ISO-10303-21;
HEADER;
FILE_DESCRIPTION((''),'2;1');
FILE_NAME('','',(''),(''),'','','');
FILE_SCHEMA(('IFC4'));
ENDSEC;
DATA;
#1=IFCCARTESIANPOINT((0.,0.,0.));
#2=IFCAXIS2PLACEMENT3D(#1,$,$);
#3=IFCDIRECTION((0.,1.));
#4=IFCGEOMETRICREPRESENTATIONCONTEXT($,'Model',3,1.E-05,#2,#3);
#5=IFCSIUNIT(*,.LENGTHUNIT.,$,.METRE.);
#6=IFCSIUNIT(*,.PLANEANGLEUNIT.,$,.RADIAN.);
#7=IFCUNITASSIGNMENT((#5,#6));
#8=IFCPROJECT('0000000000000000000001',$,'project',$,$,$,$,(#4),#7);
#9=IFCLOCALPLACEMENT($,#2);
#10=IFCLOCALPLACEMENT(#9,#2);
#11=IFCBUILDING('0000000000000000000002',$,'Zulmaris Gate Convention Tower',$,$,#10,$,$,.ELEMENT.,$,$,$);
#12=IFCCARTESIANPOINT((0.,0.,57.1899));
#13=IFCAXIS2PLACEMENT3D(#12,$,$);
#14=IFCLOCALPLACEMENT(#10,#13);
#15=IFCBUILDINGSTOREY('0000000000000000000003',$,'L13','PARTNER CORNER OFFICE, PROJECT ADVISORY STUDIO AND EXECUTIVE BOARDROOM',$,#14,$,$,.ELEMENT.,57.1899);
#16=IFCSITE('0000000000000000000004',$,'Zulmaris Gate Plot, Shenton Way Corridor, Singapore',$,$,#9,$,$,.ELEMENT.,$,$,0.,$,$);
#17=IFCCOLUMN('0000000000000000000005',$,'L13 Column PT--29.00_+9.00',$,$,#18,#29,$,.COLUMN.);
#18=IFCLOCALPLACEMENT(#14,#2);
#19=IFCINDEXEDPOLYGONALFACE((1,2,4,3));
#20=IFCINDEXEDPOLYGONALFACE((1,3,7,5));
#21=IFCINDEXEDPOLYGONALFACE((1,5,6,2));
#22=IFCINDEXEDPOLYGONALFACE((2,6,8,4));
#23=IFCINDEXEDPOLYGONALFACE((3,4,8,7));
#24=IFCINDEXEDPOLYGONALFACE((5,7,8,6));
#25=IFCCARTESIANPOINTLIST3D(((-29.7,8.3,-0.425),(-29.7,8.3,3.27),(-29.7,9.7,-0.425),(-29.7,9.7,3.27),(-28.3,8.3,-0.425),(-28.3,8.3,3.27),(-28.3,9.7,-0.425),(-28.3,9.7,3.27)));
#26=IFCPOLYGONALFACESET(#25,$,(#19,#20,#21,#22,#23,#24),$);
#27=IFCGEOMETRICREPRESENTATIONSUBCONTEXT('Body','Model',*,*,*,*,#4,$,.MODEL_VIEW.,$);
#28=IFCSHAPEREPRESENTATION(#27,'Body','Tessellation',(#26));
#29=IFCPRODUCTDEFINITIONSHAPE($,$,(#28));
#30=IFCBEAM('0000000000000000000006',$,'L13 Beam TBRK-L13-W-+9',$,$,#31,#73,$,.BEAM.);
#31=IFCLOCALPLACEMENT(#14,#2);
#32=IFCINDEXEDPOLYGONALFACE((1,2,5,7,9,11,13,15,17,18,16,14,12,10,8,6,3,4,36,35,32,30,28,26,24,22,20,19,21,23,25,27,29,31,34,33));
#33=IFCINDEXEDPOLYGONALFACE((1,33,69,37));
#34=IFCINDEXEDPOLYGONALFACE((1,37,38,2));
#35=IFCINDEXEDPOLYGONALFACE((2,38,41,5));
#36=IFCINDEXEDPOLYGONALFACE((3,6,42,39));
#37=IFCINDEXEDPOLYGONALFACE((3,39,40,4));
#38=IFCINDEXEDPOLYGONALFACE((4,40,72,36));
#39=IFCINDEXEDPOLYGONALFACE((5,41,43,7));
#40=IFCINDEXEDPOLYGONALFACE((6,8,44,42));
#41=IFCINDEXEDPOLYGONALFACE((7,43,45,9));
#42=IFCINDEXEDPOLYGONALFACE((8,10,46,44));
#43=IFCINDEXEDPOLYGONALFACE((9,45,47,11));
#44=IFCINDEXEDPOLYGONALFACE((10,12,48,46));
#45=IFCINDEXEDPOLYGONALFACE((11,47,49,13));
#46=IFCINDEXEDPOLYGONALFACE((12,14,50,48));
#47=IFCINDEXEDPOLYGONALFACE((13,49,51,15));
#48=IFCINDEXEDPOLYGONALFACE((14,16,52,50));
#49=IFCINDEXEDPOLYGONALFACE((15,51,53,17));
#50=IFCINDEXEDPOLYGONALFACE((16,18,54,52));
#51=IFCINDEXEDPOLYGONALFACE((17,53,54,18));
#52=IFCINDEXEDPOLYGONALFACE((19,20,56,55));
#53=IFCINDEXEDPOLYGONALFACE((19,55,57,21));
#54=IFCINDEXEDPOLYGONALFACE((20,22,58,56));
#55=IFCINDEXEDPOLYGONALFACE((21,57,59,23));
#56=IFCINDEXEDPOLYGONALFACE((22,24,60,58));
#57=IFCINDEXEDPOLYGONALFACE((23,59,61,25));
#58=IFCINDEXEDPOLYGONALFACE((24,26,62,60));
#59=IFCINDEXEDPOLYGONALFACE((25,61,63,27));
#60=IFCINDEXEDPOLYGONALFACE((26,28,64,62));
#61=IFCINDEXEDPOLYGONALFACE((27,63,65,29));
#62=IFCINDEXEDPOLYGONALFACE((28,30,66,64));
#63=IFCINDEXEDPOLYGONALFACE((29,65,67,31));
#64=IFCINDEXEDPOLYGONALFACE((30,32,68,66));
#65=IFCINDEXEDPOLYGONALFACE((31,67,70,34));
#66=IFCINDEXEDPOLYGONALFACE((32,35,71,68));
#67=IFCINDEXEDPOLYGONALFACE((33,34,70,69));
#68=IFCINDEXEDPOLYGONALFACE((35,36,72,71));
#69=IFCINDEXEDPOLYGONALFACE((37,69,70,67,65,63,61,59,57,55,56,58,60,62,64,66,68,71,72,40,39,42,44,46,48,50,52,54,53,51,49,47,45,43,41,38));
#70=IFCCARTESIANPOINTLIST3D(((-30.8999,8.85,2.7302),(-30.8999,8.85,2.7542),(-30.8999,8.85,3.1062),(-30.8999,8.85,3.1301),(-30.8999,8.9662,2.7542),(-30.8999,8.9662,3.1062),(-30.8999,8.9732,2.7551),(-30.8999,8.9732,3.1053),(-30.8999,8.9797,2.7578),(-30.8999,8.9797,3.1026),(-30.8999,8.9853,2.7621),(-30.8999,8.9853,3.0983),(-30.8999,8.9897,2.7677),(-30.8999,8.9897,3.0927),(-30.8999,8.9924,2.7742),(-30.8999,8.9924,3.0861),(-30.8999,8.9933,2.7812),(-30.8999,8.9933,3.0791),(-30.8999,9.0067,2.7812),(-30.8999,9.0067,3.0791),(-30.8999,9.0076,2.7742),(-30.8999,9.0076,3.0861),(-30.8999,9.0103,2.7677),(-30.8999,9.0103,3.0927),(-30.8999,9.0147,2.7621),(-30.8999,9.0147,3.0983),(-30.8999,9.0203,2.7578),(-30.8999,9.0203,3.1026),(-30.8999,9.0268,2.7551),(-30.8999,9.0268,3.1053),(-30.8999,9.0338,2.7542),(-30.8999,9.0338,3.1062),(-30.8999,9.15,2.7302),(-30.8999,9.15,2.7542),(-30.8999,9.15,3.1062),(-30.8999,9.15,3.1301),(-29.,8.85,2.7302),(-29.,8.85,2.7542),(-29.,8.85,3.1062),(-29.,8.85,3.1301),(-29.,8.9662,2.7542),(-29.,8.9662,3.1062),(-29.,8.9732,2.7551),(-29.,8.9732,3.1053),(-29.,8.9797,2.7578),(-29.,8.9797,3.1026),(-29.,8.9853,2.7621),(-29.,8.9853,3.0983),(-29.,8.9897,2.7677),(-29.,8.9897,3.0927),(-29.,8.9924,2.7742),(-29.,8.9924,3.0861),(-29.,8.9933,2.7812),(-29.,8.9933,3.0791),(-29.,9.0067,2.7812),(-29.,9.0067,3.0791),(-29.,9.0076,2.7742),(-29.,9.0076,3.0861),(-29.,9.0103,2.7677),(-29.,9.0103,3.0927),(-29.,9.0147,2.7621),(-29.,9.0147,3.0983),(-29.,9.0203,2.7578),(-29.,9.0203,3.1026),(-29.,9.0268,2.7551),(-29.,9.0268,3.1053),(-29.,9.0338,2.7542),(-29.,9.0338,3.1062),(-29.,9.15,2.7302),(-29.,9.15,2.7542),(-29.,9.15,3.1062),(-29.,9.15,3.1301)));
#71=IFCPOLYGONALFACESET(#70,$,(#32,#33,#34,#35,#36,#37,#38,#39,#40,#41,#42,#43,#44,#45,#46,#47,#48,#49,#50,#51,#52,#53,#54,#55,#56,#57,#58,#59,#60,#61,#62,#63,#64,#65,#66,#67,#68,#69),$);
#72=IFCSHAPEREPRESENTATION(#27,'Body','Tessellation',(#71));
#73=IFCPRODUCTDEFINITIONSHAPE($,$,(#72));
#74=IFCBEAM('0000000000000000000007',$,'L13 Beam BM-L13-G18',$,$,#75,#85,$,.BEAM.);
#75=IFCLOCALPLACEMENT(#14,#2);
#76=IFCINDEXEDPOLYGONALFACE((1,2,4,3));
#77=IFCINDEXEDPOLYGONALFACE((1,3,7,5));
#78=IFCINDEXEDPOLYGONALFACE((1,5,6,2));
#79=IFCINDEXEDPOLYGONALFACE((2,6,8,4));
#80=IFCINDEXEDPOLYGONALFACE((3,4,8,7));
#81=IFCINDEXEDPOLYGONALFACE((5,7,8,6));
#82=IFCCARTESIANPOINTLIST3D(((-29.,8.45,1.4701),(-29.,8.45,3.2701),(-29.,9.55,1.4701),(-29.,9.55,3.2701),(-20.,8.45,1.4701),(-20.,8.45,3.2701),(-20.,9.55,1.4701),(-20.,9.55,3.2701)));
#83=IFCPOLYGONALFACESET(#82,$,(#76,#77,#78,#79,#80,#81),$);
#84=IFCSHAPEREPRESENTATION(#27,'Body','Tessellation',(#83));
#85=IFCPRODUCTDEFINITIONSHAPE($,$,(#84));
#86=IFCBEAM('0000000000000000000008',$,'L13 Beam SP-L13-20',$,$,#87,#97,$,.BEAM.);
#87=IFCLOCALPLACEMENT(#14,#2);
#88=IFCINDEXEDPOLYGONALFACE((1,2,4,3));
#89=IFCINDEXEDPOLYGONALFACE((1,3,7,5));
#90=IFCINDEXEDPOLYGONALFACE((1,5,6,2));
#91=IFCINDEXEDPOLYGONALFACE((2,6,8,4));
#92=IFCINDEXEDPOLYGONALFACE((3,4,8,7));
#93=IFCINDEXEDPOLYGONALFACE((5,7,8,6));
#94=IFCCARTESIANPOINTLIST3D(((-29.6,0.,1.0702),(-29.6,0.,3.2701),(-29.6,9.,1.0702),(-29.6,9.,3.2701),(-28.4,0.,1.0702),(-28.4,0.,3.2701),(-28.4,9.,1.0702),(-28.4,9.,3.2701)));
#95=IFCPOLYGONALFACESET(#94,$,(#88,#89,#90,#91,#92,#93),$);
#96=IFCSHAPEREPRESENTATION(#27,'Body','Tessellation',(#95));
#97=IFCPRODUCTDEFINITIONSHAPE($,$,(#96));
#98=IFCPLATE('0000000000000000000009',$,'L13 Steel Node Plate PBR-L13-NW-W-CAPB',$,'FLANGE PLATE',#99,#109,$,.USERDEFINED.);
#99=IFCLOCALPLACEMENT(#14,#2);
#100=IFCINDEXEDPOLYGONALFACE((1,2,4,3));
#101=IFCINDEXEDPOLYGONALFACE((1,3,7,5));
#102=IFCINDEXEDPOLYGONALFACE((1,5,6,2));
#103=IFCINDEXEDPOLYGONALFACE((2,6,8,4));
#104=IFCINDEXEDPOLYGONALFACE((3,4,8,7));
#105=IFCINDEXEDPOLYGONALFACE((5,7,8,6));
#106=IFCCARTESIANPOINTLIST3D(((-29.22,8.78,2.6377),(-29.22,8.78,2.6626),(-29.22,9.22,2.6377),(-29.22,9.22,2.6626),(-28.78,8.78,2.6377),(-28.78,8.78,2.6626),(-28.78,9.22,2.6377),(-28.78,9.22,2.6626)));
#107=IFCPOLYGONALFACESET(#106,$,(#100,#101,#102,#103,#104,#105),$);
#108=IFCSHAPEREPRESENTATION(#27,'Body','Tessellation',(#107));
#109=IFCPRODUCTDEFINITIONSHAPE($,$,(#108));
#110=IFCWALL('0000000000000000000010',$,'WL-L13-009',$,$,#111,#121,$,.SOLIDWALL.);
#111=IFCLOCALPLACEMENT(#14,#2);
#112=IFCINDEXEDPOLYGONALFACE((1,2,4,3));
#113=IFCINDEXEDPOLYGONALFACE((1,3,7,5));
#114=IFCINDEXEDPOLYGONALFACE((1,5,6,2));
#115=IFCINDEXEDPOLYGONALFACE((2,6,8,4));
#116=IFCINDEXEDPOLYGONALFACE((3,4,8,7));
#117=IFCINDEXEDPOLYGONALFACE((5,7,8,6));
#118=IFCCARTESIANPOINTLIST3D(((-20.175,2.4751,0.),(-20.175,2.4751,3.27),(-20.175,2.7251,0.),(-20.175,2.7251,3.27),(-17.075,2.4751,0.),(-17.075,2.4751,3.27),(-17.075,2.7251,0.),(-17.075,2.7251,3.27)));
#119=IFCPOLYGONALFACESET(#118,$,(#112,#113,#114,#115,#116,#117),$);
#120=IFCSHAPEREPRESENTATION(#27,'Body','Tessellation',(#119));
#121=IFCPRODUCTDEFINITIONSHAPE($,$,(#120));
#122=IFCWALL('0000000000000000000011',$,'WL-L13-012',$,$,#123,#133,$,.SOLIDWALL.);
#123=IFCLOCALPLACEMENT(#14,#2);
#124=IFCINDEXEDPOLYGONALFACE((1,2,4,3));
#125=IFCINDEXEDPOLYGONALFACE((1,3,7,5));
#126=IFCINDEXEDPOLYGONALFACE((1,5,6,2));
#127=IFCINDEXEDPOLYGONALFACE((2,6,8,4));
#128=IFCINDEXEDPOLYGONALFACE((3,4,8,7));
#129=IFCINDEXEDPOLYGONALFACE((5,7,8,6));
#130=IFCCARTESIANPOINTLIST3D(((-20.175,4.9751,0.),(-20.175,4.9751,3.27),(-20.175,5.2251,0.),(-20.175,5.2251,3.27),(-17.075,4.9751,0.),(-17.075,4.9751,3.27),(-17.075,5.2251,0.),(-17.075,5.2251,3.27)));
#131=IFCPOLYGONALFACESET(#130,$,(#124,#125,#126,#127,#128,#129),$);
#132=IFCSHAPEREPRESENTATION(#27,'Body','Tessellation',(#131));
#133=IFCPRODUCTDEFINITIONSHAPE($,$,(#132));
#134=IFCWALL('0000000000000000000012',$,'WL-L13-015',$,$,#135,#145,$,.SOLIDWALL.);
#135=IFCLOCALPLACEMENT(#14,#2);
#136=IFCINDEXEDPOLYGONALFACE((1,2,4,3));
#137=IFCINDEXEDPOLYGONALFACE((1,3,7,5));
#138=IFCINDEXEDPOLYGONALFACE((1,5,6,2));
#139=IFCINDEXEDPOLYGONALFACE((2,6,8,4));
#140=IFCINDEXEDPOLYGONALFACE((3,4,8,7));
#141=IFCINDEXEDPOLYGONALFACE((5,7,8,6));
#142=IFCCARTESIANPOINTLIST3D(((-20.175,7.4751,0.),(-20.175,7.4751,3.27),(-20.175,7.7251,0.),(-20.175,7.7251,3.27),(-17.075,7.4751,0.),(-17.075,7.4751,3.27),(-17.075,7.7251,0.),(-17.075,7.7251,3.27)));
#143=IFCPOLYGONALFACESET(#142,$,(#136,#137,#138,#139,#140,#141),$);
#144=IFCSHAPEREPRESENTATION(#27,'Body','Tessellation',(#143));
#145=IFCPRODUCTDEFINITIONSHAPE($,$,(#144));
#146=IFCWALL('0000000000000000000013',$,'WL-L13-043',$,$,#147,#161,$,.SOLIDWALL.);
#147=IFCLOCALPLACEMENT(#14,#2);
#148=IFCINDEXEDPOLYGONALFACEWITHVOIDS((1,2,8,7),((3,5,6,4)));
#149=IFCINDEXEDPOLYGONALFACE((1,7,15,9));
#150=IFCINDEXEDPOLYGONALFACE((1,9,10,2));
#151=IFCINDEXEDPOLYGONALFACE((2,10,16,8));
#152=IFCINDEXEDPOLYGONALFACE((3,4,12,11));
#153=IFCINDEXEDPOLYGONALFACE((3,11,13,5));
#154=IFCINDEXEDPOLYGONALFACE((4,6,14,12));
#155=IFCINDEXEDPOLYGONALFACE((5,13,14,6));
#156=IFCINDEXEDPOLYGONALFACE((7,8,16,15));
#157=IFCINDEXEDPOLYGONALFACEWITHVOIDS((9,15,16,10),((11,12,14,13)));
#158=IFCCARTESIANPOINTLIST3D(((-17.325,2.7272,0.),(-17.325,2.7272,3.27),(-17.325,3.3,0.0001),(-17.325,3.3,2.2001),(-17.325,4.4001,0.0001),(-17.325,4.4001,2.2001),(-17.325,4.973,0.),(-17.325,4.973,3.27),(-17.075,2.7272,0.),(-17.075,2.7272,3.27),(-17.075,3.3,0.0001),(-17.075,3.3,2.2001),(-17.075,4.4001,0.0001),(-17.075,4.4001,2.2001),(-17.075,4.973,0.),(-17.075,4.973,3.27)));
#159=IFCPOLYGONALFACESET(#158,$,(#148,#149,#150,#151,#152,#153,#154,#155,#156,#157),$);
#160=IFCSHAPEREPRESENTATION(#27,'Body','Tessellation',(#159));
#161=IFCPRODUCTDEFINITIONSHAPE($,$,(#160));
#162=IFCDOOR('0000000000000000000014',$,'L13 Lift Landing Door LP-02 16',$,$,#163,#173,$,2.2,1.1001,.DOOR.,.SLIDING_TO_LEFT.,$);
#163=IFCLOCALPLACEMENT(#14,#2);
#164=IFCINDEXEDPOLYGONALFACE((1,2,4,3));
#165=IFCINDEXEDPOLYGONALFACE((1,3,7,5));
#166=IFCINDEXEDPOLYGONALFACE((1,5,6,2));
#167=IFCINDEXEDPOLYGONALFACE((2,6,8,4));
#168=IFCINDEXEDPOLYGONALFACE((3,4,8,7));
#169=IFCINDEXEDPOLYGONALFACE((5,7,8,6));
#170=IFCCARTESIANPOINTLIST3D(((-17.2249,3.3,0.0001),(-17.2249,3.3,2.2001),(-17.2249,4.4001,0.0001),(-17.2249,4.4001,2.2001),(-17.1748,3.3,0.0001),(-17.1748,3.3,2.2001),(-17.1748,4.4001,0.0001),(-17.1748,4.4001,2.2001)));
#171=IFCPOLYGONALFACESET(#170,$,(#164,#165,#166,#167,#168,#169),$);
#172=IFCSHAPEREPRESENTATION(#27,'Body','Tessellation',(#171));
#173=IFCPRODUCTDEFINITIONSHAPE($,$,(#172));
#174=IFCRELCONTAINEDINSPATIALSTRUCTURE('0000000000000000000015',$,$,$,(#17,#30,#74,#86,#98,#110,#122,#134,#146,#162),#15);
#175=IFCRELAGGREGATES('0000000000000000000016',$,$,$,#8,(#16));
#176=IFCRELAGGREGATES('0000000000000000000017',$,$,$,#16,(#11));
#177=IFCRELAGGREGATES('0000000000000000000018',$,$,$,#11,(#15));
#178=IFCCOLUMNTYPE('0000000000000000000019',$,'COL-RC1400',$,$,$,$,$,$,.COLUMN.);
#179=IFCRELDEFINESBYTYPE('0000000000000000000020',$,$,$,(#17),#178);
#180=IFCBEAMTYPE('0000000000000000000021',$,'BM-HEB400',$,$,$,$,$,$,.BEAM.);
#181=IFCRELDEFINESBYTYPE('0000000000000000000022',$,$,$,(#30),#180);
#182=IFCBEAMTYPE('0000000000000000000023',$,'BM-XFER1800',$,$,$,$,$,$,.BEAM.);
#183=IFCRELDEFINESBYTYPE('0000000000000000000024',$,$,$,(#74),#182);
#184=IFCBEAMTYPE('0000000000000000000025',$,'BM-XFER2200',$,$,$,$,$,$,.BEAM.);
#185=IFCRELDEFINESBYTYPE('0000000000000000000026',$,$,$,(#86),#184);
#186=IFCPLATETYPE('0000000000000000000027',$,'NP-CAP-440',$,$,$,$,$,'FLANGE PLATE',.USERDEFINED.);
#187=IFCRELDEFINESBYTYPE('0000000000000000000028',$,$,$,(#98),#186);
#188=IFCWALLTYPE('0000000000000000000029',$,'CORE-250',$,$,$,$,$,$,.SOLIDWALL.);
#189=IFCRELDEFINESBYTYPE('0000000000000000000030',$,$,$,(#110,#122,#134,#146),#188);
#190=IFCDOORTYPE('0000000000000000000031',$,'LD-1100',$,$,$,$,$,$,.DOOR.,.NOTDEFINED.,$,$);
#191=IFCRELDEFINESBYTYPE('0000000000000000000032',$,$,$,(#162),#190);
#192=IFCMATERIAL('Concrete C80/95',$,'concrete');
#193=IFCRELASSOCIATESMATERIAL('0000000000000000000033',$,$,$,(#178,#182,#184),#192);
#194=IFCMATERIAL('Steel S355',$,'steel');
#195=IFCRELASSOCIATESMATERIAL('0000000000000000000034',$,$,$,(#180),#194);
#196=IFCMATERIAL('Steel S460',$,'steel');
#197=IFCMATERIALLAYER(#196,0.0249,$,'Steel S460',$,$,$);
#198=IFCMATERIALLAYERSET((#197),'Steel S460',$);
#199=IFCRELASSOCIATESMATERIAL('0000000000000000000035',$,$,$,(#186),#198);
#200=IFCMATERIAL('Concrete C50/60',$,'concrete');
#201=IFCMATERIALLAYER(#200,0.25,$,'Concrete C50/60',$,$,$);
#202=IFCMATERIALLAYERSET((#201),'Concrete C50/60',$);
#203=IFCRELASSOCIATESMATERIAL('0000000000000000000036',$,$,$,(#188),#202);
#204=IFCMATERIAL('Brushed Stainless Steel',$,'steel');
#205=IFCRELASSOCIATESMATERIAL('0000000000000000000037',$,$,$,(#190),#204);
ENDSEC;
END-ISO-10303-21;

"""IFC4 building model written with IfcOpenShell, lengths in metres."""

from ifc_helpers import new_model, si_unit, direction, frame, frame_2d, origin, origin_2d, place, context, subcontext, project, spatial, rectangle, i_section, extrude, material, layer, layer_set, material_profile, profile_set, type_object, element, fill, save


model = new_model("IFC4")

# Units and contexts
model_context = context("Model", 3, precision=1e-05, world=origin(), true_north=direction((0.0, 1.0)))
body_context = subcontext(model_context, "Body", "Model", "MODEL_VIEW")
ifc_project = project(units=[si_unit("LENGTHUNIT", "METRE"), si_unit("PLANEANGLEUNIT", "RADIAN")], contexts=[model_context])

# Site, building, storey
site_placement = place(None, origin())
site = spatial("IfcSite", under=ifc_project, at=site_placement, Name="Zulmaris Gate Plot, Shenton Way Corridor, Singapore", CompositionType="ELEMENT", RefElevation=0.0)
building_placement = place(site_placement, origin())
building = spatial("IfcBuilding", under=site, at=building_placement, Name="Zulmaris Gate Convention Tower", CompositionType="ELEMENT")
storey_placement = place(building_placement, frame((0.0, 0.0, 57.1899)))
storey = spatial("IfcBuildingStorey", under=building, at=storey_placement, Name="L13", Description="PARTNER CORNER OFFICE, PROJECT ADVISORY STUDIO AND EXECUTIVE BOARDROOM", CompositionType="ELEMENT", Elevation=57.1899)

# Column
ifc_material_1 = material(Name="Concrete C80/95", Category="concrete")
ifc_material_profile_1 = material_profile(ifc_material_1, rectangle(XDim=1.3999, YDim=1.3999, at=origin_2d()), Name="RC COL 1400x1400")
ifc_profile_set_1 = profile_set([ifc_material_profile_1], Name="Concrete C80/95")
column_type = type_object("IfcColumnType", Name="COL-RC1400", PredefinedType="COLUMN", material=ifc_profile_set_1)
column_placement = place(storey_placement, frame((-29.0, 9.0, -0.425), z_axis=(0.0, 0.0, 1.0), x_axis=(1.0, 0.0, 0.0)))
element("IfcColumn", 1, at=column_placement, inside=storey, type_object=column_type, Name="L13 Column PT--29.00_+9.00", PredefinedType="COLUMN", context=body_context, shape_type="SweptSolid", body=[
    extrude(rectangle(XDim=1.3999, YDim=1.3999, at=origin_2d()), origin(), (0.0, 0.0, 1.0), 3.6951),
])

# Beams
ifc_material_2 = material(Name="Steel S355", Category="steel")
ifc_material_profile_2 = material_profile(ifc_material_2, i_section(OverallWidth=0.3, OverallDepth=0.3999, WebThickness=0.0134, FlangeThickness=0.0239, FilletRadius=0.0271, at=origin_2d()), Name="HEB 400")
ifc_profile_set_2 = profile_set([ifc_material_profile_2], Name="Steel S355")
beam_type_1 = type_object("IfcBeamType", Name="BM-HEB400", PredefinedType="BEAM", material=ifc_profile_set_2)
beam_1_placement = place(storey_placement, frame((-30.8999, 9.0, 2.9302), z_axis=(1.0, 0.0, 0.0), x_axis=(0.0, 1.0, 0.0)))
element("IfcBeam", 2, at=beam_1_placement, inside=storey, type_object=beam_type_1, Name="L13 Beam TBRK-L13-W-+9", PredefinedType="BEAM", context=body_context, shape_type="SweptSolid", body=[
    extrude(i_section(OverallWidth=0.3, OverallDepth=0.3999, WebThickness=0.0134, FlangeThickness=0.0239, FilletRadius=0.0271, at=origin_2d()), origin(), (0.0, 0.0, 1.0), 1.8999),
])
ifc_material_profile_3 = material_profile(ifc_material_1, rectangle(XDim=1.1001, YDim=1.8, at=origin_2d()), Name="RC TRANSFER 1100x1800")
ifc_profile_set_3 = profile_set([ifc_material_profile_3], Name="Concrete C80/95")
beam_type_2 = type_object("IfcBeamType", Name="BM-XFER1800", PredefinedType="BEAM", material=ifc_profile_set_3)
beam_2_placement = place(storey_placement, frame((-29.0, 9.0, 2.3701), z_axis=(1.0, 0.0, 0.0), x_axis=(0.0, 1.0, 0.0)))
element("IfcBeam", 3, at=beam_2_placement, inside=storey, type_object=beam_type_2, Name="L13 Beam BM-L13-G18", PredefinedType="BEAM", context=body_context, shape_type="SweptSolid", body=[
    extrude(rectangle(XDim=1.1001, YDim=1.8, at=origin_2d()), origin(), (0.0, 0.0, 1.0), 9.0),
])
ifc_material_profile_4 = material_profile(ifc_material_1, rectangle(XDim=1.2, YDim=2.2, at=origin_2d()), Name="RC TRANSFER 1200x2200")
ifc_profile_set_4 = profile_set([ifc_material_profile_4], Name="Concrete C80/95")
beam_type_3 = type_object("IfcBeamType", Name="BM-XFER2200", PredefinedType="BEAM", material=ifc_profile_set_4)
beam_3_placement = place(storey_placement, frame((-29.0, 9.0, 2.1702), z_axis=(0.0, -1.0, 0.0), x_axis=(1.0, 0.0, 0.0)))
element("IfcBeam", 4, at=beam_3_placement, inside=storey, type_object=beam_type_3, Name="L13 Beam SP-L13-20", PredefinedType="BEAM", context=body_context, shape_type="SweptSolid", body=[
    extrude(rectangle(XDim=1.2, YDim=2.2, at=origin_2d()), origin(), (0.0, 0.0, 1.0), 9.0),
])

# Plate
ifc_material_3 = material(Name="Steel S460", Category="steel")
ifc_layer_1 = layer(ifc_material_3, 0.0249, Name="Steel S460")
ifc_layer_set_1 = layer_set([ifc_layer_1], Name="Steel S460")
plate_type = type_object("IfcPlateType", Name="NP-CAP-440", ElementType="FLANGE PLATE", PredefinedType="USERDEFINED", material=ifc_layer_set_1)
plate_placement = place(storey_placement, frame((-29.0, 9.0, 2.6377), z_axis=(0.0, 0.0, 1.0), x_axis=(1.0, 0.0, 0.0)))
element("IfcPlate", 5, at=plate_placement, inside=storey, type_object=plate_type, Name="L13 Steel Node Plate PBR-L13-NW-W-CAPB", ObjectType="FLANGE PLATE", PredefinedType="USERDEFINED", context=body_context, shape_type="SweptSolid", body=[
    extrude(rectangle(XDim=0.4399, YDim=0.4399, at=origin_2d()), origin(), (0.0, 0.0, 1.0), 0.0249),
])

# Walls
ifc_material_4 = material(Name="Concrete C50/60", Category="concrete")
ifc_layer_2 = layer(ifc_material_4, 0.25, Name="Concrete C50/60")
ifc_layer_set_2 = layer_set([ifc_layer_2], Name="Concrete C50/60")
wall_type_1 = type_object("IfcWallType", Name="CORE-250", PredefinedType="SOLIDWALL", material=ifc_layer_set_2)
for number, where, z_axis, x_axis, name in (
    (6, (-20.175, 2.6001, 0.0), (0.0, 0.0, 1.0), (1.0, 0.0, 0.0), "WL-L13-009"),
    (7, (-20.175, 5.1001, 0.0), (0.0, 0.0, 1.0), (1.0, 0.0, 0.0), "WL-L13-012"),
    (8, (-20.175, 7.6001, 0.0), (0.0, 0.0, 1.0), (1.0, 0.0, 0.0), "WL-L13-015"),
):
    element("IfcWall", number, at=place(storey_placement, frame(where, z_axis=z_axis, x_axis=x_axis)), inside=storey, type_object=wall_type_1, Name=name, PredefinedType="SOLIDWALL", context=body_context, shape_type="SweptSolid", body=[
        extrude(rectangle(XDim=3.1001, YDim=0.25, at=frame_2d((1.55, 0.0))), origin(), (0.0, 0.0, 1.0), 3.27),
    ])

# Wall, opening, door
wall_1_placement = place(storey_placement, frame((-17.2, 2.7271, 0.0), z_axis=(0.0, 0.0, 1.0), x_axis=(0.0, 1.0, 0.0)))
wall_1 = element("IfcWall", 9, at=wall_1_placement, inside=storey, type_object=wall_type_1, Name="WL-L13-043", PredefinedType="SOLIDWALL", context=body_context, shape_type="SweptSolid", body=[
    extrude(rectangle(XDim=2.2458, YDim=0.25, at=frame_2d((1.123, 0.0))), origin(), (0.0, 0.0, 1.0), 3.27),
])
opening_1_placement = place(wall_1_placement, frame((0.573, 0.0, 0.0)))
opening_1 = element("IfcOpeningElement", 10, at=opening_1_placement, cuts=wall_1, PredefinedType="OPENING", context=body_context, shape_type="SweptSolid", body=[
    extrude(rectangle(XDim=1.1001, YDim=2.2, at=frame_2d((0.55, 1.1001))), frame((0.0, 0.135, 0.0), z_axis=(0.0, -1.0, 0.0), x_axis=(1.0, 0.0, 0.0)), (0.0, 0.0, 1.0), 0.27),
])
ifc_material_5 = material(Name="Brushed Stainless Steel", Category="steel")
door_type_1 = type_object("IfcDoorType", Name="LD-1100", OperationType="NOTDEFINED", PredefinedType="DOOR", material=ifc_material_5)
door_1_placement = place(opening_1_placement, origin())
door_1 = element("IfcDoor", 11, at=door_1_placement, inside=storey, type_object=door_type_1, Name="L13 Lift Landing Door LP-02 16", OperationType="SLIDING_TO_LEFT", OverallHeight=2.2, OverallWidth=1.1001, PredefinedType="DOOR", context=body_context, shape_type="SweptSolid", body=[
    extrude(rectangle(XDim=1.1001, YDim=2.2, at=frame_2d((0.55, 1.1001))), frame((0.0, 0.0249, 0.0), z_axis=(0.0, -1.0, 0.0), x_axis=(1.0, 0.0, 0.0)), (0.0, 0.0, 1.0), 0.05),
])
fill(opening_1, door_1)

save(model, "model.ifc")
